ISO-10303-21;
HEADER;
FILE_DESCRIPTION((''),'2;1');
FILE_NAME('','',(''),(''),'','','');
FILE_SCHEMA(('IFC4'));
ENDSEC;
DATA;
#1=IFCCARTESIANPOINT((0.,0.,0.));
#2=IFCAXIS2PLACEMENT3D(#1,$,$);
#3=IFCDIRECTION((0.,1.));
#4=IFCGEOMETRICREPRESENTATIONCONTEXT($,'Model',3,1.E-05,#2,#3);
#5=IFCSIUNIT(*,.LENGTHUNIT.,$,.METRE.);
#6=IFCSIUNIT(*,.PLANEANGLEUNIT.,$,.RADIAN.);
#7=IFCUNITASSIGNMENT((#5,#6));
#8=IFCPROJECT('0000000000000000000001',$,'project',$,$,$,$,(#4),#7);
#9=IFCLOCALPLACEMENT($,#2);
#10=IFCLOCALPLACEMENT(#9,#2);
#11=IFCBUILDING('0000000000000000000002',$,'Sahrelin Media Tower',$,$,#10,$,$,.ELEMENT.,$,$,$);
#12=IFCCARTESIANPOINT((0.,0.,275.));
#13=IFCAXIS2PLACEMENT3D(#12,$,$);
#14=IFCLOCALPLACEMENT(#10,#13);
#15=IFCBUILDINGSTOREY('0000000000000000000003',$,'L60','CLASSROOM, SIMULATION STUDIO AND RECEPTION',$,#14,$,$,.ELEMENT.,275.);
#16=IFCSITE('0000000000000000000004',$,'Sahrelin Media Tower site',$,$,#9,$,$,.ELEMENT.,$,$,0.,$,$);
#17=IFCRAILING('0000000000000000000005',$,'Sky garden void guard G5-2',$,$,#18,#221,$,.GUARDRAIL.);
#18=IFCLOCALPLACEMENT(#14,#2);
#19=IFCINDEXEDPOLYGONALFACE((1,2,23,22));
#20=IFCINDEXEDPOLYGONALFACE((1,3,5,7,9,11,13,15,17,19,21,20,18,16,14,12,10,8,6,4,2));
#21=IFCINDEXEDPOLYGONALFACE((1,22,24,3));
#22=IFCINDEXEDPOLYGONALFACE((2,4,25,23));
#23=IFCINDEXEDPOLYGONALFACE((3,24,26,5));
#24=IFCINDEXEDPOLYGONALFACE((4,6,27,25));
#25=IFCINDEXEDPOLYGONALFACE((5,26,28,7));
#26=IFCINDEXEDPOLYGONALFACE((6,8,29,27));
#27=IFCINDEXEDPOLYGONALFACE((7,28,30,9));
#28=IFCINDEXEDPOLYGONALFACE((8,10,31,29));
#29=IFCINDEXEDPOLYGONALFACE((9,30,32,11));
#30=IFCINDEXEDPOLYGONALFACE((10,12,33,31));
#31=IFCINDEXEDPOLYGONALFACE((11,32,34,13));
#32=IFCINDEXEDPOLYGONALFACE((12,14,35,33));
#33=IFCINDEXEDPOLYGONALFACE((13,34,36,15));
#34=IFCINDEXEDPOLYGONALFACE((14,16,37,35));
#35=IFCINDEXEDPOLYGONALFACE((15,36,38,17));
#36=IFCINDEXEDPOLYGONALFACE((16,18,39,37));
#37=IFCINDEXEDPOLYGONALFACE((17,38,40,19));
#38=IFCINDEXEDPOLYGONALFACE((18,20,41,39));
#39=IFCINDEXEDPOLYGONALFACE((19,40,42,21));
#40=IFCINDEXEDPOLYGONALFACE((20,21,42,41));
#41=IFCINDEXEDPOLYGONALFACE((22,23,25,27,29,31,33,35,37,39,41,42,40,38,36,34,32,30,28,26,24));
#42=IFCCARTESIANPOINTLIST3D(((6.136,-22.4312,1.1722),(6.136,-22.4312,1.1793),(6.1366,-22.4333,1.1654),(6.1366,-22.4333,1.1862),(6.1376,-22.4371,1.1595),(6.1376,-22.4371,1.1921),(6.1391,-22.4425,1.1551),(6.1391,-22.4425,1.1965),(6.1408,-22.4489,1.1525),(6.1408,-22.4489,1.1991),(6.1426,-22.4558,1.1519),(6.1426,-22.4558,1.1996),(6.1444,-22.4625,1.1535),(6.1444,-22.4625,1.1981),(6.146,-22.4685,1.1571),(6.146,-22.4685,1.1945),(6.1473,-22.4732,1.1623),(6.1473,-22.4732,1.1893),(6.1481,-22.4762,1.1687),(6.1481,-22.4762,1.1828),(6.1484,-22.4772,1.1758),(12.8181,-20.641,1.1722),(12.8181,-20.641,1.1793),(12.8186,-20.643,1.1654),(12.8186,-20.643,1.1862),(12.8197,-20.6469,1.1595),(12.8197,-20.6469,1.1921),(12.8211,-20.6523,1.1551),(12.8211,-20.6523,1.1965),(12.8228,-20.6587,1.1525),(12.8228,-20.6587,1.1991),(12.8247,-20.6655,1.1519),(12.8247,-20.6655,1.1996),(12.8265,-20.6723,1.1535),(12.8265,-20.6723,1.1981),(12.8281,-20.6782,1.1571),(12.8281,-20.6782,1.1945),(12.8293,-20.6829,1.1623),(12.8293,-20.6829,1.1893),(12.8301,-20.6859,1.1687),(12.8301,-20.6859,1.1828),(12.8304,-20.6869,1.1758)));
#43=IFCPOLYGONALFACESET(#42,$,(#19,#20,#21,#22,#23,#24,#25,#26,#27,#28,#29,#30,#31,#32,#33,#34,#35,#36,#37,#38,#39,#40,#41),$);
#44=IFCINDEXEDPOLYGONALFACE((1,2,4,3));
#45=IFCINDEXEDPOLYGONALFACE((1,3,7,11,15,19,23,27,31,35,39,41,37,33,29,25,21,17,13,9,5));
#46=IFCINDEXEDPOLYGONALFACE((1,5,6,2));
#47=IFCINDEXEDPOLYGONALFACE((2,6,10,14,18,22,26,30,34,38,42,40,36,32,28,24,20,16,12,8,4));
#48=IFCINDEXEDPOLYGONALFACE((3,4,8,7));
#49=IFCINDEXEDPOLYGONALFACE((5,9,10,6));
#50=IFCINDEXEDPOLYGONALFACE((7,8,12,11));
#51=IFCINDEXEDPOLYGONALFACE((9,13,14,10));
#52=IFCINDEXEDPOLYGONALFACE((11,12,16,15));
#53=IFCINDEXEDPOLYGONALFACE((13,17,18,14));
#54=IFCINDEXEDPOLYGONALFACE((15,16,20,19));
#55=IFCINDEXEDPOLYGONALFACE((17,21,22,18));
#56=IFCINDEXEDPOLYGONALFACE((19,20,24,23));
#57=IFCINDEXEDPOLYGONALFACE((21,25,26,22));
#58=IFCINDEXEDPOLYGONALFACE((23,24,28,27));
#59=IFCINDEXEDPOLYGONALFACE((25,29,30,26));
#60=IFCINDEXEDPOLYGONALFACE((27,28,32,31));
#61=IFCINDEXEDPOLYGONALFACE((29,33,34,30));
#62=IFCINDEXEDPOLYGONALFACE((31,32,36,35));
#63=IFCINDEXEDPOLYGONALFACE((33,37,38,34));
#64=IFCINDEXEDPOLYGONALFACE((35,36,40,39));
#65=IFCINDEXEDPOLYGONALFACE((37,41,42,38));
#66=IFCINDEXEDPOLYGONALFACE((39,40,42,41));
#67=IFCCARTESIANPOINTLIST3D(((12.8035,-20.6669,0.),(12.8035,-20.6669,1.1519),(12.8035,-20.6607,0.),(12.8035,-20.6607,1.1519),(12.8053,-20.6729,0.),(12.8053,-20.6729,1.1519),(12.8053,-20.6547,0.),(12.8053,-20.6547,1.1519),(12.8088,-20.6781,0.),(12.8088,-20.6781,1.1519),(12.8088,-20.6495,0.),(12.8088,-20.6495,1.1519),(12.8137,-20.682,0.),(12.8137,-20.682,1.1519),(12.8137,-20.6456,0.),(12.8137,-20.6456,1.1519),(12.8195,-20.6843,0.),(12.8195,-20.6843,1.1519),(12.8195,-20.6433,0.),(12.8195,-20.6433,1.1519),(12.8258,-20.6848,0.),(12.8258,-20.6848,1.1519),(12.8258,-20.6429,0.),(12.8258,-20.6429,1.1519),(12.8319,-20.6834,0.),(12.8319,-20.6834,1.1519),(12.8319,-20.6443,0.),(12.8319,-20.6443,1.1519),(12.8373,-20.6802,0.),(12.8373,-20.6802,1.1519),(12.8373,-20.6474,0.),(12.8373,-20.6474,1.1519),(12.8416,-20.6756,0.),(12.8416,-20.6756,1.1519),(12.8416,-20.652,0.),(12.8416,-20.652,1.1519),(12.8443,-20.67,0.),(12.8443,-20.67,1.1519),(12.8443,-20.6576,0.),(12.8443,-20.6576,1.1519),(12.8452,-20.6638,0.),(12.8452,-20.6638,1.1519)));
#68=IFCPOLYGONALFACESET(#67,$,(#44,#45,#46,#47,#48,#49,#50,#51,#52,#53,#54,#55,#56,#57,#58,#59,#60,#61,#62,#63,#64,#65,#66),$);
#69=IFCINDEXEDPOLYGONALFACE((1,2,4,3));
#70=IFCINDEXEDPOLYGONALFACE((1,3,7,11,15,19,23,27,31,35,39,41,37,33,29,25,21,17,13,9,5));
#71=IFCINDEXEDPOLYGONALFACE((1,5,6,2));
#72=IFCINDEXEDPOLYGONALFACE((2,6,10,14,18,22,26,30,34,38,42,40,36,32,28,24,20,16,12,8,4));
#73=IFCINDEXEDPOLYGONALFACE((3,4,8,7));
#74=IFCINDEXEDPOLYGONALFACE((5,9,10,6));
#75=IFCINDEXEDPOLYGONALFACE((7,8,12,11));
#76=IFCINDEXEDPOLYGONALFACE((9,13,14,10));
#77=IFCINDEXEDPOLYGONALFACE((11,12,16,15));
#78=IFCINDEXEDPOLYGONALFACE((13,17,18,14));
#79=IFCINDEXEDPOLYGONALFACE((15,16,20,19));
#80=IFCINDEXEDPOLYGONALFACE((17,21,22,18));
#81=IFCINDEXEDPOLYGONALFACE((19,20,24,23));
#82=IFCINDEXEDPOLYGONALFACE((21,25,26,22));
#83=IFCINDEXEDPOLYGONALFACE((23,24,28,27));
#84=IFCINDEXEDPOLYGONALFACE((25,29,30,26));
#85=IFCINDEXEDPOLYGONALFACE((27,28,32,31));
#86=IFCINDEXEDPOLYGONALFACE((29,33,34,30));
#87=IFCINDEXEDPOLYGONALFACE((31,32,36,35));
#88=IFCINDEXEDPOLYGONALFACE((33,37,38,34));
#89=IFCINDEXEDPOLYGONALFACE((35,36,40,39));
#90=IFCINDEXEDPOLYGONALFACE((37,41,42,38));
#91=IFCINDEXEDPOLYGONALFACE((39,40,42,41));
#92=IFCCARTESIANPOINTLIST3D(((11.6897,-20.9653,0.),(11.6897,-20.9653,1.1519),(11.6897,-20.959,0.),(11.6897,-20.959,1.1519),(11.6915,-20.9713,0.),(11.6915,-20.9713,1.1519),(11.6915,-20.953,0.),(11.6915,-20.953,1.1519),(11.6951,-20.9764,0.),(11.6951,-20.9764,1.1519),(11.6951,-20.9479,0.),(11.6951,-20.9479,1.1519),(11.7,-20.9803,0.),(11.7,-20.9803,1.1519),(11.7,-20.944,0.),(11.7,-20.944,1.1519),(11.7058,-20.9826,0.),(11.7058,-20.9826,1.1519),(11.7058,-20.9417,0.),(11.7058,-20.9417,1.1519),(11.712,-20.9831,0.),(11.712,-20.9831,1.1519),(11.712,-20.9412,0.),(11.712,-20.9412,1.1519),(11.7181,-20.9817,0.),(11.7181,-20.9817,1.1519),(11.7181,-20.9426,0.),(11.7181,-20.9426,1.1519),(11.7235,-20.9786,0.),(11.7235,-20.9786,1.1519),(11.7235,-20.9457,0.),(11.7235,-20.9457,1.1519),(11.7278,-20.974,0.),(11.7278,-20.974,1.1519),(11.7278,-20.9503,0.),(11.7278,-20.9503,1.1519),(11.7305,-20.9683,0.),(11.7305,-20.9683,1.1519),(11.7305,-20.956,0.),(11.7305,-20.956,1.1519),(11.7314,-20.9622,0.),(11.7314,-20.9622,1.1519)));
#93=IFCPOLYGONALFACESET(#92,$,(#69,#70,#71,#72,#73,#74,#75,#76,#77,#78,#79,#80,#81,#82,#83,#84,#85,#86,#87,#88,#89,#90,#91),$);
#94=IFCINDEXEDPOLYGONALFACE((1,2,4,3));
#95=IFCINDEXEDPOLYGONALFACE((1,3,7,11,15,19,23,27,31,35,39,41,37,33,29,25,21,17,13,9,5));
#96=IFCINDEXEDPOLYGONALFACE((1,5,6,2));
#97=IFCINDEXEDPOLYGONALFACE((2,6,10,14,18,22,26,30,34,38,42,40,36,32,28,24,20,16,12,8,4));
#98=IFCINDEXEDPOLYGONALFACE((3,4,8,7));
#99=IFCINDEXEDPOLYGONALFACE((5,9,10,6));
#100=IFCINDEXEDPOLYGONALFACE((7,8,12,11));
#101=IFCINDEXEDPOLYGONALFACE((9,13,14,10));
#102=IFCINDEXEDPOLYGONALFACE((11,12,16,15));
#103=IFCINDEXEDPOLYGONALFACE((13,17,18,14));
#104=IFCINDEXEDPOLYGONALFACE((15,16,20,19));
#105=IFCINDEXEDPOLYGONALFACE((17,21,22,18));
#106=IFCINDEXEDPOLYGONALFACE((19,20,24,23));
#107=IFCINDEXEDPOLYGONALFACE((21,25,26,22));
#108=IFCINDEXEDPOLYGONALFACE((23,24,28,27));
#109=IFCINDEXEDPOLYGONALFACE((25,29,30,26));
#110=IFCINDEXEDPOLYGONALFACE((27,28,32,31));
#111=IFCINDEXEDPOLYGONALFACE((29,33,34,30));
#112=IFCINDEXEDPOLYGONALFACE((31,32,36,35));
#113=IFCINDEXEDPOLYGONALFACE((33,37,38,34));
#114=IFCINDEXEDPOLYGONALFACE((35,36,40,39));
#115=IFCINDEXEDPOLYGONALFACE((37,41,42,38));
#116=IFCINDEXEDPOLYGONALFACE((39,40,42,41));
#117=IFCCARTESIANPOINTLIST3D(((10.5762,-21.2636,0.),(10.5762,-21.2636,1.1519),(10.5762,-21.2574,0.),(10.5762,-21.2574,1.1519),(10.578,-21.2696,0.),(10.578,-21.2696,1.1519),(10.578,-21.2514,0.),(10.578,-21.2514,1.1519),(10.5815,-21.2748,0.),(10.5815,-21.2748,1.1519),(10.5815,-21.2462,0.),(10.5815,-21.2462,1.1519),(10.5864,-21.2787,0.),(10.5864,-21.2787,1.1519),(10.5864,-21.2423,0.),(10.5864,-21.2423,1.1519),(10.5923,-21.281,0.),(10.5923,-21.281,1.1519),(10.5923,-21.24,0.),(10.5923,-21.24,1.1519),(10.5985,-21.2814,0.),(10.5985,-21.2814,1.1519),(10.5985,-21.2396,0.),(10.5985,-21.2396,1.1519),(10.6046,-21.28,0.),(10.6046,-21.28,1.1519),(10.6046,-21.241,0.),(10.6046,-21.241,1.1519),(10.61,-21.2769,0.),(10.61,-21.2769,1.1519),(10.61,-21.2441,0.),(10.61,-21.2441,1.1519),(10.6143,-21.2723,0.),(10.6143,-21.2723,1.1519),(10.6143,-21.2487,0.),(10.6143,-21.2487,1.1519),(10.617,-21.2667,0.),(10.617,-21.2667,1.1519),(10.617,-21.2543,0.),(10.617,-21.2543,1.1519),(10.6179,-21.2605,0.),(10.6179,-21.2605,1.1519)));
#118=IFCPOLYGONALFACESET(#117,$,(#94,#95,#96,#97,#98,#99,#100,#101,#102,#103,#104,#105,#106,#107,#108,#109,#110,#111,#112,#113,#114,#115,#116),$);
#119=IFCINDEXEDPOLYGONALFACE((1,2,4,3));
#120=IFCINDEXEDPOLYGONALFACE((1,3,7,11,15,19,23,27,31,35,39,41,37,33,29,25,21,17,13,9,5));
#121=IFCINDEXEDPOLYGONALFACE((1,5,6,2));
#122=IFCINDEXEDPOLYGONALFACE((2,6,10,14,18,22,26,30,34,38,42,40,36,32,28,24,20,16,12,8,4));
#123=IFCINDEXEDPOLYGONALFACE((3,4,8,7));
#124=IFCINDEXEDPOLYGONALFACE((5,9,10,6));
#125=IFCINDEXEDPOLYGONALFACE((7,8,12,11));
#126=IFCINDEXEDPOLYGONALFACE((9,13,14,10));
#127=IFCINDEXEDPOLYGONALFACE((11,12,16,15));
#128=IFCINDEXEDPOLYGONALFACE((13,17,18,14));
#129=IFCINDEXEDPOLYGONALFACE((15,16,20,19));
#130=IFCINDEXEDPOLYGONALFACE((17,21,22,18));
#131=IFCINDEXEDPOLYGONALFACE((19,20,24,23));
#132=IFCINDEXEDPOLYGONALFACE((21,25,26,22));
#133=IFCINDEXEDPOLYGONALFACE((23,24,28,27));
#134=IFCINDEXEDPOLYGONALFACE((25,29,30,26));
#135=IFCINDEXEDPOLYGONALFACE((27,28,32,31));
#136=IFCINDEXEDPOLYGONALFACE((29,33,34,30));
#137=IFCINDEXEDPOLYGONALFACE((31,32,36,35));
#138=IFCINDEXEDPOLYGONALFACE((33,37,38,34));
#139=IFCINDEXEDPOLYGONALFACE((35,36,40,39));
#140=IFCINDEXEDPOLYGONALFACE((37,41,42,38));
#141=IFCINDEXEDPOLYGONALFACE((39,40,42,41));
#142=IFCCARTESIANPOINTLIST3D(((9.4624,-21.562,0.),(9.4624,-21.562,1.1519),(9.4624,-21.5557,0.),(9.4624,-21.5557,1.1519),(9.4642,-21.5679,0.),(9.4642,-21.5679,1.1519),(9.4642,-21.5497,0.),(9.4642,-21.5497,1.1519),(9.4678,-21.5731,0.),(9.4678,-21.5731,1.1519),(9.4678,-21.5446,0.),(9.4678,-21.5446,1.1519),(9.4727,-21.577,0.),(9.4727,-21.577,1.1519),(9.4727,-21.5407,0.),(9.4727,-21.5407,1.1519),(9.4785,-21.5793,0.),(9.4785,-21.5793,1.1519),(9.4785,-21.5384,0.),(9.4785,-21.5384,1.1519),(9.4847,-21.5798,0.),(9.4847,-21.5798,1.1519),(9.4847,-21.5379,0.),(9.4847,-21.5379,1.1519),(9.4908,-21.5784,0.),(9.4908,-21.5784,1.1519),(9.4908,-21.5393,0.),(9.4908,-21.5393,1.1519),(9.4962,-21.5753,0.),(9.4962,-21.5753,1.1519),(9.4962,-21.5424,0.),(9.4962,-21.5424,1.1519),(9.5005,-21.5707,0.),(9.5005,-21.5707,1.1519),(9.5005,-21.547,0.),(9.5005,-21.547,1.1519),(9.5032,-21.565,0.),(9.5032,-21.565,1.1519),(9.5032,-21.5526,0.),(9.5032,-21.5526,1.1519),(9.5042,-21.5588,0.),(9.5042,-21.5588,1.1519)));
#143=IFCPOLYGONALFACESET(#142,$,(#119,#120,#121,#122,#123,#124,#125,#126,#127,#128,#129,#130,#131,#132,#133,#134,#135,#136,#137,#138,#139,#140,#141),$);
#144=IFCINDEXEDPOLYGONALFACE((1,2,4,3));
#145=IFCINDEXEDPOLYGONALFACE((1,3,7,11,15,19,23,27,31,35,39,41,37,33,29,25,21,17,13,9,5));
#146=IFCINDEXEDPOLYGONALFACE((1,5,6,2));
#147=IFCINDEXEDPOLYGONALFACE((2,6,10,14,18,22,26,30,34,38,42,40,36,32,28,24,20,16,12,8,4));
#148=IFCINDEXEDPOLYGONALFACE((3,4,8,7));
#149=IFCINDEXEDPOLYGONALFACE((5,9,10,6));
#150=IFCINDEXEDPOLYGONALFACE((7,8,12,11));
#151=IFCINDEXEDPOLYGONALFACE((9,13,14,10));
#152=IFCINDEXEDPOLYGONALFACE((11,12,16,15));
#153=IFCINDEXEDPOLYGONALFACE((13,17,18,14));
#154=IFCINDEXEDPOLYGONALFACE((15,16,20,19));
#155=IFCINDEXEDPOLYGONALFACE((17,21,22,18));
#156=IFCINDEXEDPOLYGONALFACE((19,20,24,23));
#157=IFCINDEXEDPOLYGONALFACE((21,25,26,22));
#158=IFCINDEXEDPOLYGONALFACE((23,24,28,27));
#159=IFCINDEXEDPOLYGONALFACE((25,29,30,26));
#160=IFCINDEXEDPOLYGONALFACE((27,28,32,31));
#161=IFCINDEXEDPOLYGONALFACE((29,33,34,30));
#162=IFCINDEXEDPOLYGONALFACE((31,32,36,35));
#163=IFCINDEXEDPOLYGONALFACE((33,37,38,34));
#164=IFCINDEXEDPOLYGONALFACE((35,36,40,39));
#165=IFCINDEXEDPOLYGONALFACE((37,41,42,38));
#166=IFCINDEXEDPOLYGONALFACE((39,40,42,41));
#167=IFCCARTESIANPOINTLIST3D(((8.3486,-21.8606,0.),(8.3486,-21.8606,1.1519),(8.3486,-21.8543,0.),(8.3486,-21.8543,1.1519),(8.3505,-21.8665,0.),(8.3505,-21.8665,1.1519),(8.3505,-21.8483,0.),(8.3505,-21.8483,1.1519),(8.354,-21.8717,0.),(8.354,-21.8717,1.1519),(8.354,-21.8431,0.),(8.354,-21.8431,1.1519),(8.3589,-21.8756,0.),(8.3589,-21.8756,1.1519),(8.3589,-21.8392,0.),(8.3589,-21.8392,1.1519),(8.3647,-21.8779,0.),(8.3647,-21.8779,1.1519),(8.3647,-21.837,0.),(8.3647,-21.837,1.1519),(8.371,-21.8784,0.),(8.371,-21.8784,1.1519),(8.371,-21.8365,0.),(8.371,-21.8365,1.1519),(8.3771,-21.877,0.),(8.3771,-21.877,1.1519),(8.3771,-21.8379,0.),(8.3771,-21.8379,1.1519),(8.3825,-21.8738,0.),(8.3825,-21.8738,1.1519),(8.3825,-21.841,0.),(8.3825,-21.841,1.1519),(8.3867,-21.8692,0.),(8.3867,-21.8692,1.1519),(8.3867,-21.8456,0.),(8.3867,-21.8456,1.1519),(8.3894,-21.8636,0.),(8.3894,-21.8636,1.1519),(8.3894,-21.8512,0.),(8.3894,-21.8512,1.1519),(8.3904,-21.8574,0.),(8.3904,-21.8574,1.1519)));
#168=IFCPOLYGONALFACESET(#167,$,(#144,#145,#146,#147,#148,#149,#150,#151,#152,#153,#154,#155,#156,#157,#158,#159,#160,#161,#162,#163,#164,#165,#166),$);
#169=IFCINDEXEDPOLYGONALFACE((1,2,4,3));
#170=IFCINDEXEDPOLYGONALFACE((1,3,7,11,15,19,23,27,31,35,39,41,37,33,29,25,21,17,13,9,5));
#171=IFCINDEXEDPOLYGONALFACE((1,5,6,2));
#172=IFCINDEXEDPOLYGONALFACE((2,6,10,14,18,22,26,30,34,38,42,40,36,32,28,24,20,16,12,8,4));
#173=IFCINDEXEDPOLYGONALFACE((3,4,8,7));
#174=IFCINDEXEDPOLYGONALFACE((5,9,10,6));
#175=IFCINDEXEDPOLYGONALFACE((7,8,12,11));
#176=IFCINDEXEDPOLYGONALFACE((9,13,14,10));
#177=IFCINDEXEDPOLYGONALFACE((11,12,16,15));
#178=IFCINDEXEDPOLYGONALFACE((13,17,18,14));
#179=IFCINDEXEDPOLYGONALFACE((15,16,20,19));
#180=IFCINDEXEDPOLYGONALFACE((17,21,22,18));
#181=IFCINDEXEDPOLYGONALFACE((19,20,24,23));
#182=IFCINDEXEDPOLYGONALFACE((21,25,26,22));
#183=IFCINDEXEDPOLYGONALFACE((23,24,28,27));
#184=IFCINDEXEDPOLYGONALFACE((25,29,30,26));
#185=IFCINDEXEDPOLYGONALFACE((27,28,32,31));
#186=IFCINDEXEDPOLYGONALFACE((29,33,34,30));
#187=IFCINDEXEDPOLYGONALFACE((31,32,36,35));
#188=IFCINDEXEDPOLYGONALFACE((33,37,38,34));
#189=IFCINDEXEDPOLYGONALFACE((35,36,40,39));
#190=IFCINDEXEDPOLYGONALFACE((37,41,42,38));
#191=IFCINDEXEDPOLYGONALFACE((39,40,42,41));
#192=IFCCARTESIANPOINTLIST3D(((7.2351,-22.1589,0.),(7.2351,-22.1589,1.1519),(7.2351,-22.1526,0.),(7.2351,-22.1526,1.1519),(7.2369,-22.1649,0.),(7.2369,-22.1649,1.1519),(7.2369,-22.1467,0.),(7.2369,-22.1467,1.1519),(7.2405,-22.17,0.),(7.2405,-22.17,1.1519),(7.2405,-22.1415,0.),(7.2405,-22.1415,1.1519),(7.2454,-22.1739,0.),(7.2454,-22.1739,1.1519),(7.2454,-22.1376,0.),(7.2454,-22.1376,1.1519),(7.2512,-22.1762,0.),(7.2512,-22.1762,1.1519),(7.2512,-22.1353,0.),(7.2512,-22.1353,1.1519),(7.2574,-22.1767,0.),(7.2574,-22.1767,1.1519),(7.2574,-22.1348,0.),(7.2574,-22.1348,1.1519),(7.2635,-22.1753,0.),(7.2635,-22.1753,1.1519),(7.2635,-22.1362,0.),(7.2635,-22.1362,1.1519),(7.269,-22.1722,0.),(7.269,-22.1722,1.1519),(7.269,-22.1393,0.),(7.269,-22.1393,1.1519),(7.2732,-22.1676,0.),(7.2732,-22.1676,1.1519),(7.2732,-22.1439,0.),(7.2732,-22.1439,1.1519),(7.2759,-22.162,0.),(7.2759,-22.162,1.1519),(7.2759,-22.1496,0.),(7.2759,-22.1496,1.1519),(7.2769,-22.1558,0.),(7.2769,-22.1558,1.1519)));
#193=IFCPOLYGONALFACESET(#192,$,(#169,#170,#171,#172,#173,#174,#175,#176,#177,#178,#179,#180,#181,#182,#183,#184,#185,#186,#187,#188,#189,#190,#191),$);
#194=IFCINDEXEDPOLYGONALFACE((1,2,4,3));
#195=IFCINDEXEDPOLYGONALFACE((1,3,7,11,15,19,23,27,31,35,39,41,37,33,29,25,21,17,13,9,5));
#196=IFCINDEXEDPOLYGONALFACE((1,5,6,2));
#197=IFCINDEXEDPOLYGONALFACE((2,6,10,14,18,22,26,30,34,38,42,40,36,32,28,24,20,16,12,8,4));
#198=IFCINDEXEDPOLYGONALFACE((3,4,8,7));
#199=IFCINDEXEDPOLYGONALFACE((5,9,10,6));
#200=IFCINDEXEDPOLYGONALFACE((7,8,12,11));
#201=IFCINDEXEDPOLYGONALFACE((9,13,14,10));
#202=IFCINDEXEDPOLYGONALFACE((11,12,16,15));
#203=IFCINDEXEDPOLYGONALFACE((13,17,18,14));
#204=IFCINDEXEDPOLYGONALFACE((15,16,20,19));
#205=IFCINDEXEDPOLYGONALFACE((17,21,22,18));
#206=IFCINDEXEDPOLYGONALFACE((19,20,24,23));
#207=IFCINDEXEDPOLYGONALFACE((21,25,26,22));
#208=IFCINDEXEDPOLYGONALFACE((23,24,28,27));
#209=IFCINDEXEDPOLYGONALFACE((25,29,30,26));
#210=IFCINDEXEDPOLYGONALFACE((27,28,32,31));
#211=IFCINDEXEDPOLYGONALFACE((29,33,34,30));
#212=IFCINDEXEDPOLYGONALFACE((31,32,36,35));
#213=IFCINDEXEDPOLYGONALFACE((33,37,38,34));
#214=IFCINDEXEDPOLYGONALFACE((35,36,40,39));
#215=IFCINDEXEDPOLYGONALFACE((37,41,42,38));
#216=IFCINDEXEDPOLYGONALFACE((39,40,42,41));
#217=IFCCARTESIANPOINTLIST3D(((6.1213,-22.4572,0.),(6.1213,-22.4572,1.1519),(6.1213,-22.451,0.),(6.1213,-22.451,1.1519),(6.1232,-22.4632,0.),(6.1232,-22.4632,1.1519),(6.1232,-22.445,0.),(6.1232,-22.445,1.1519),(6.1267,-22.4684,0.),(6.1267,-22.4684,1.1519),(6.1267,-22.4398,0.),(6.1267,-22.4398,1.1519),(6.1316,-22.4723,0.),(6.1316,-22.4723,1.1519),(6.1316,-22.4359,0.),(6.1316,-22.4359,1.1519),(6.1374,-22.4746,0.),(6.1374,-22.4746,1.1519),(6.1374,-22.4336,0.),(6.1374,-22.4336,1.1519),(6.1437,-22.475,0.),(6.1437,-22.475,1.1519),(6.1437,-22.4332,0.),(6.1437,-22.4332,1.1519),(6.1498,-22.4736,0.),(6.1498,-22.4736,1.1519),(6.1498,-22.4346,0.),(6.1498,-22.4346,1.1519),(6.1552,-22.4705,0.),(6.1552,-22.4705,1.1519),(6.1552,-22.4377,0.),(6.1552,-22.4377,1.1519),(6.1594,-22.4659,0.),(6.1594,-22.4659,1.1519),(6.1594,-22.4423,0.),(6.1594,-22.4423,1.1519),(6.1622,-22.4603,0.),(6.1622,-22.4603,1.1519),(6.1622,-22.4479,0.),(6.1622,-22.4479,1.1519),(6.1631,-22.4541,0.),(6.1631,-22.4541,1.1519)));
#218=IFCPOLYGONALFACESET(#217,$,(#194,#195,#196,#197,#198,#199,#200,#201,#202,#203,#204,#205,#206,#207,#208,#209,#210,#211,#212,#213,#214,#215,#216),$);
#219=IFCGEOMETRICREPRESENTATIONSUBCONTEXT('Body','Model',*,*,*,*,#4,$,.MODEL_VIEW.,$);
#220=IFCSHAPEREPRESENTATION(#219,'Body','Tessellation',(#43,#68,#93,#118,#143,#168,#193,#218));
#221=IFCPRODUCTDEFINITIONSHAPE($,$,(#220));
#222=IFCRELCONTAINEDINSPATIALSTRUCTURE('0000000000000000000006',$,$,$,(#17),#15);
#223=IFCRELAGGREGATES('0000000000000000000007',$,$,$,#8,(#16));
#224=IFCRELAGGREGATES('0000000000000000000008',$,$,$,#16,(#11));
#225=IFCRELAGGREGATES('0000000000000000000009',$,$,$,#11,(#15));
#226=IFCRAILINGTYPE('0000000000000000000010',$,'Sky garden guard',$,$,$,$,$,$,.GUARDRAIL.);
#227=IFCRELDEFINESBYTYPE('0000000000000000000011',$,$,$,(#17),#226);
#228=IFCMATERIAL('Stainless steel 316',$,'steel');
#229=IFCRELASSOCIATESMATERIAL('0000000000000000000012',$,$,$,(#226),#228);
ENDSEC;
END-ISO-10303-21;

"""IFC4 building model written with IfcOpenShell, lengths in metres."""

from ifc_helpers import new_model, si_unit, direction, frame, origin, origin_2d, place, context, subcontext, project, spatial, circle, extrude, material, type_object, element, save


model = new_model("IFC4")

# Units and contexts
model_context = context("Model", 3, precision=1e-05, world=origin(), true_north=direction((0.0, 1.0)))
body_context = subcontext(model_context, "Body", "Model", "MODEL_VIEW")
ifc_project = project(units=[si_unit("LENGTHUNIT", "METRE"), si_unit("PLANEANGLEUNIT", "RADIAN")], contexts=[model_context])

# Site, building, storey
site_placement = place(None, origin())
site = spatial("IfcSite", under=ifc_project, at=site_placement, Name="Sahrelin Media Tower site", CompositionType="ELEMENT", RefElevation=0.0)
building_placement = place(site_placement, origin())
building = spatial("IfcBuilding", under=site, at=building_placement, Name="Sahrelin Media Tower", CompositionType="ELEMENT")
storey_placement = place(building_placement, frame((0.0, 0.0, 275.0)))
storey = spatial("IfcBuildingStorey", under=building, at=storey_placement, Name="L60", Description="CLASSROOM, SIMULATION STUDIO AND RECEPTION", CompositionType="ELEMENT", Elevation=275.0)

# Railing
ifc_material_1 = material(Name="Stainless steel 316", Category="steel")
railing_type = type_object("IfcRailingType", Name="Sky garden guard", PredefinedType="GUARDRAIL", material=ifc_material_1)
railing_placement = place(storey_placement, frame((12.8242, -20.6638, 0.0)))
element("IfcRailing", 1, at=railing_placement, inside=storey, type_object=railing_type, Name="Sky garden void guard G5-2", PredefinedType="GUARDRAIL", context=body_context, shape_type="SweptSolid", body=[
    extrude(circle(Radius=0.0239, at=origin_2d()), frame((0.0, 0.0, 1.1758), z_axis=(-0.965933, -0.258794, 0.0), x_axis=(0.258794, -0.965933, 0.0)), (0.0, 0.0, 1.0), 6.9177),
    extrude(circle(Radius=0.021, at=origin_2d()), origin(), (0.0, 0.0, 1.0), 1.1519),
    extrude(circle(Radius=0.021, at=origin_2d()), frame((-1.1138, -0.2983, 0.0)), (0.0, 0.0, 1.0), 1.1519),
    extrude(circle(Radius=0.021, at=origin_2d()), frame((-2.2273, -0.5967, 0.0)), (0.0, 0.0, 1.0), 1.1519),
    extrude(circle(Radius=0.021, at=origin_2d()), frame((-3.3411, -0.895, 0.0)), (0.0, 0.0, 1.0), 1.1519),
    extrude(circle(Radius=0.021, at=origin_2d()), frame((-4.4548, -1.1936, 0.0)), (0.0, 0.0, 1.0), 1.1519),
    extrude(circle(Radius=0.021, at=origin_2d()), frame((-5.5684, -1.4919, 0.0)), (0.0, 0.0, 1.0), 1.1519),
    extrude(circle(Radius=0.021, at=origin_2d()), frame((-6.6821, -1.7903, 0.0)), (0.0, 0.0, 1.0), 1.1519),
])

save(model, "model.ifc")
